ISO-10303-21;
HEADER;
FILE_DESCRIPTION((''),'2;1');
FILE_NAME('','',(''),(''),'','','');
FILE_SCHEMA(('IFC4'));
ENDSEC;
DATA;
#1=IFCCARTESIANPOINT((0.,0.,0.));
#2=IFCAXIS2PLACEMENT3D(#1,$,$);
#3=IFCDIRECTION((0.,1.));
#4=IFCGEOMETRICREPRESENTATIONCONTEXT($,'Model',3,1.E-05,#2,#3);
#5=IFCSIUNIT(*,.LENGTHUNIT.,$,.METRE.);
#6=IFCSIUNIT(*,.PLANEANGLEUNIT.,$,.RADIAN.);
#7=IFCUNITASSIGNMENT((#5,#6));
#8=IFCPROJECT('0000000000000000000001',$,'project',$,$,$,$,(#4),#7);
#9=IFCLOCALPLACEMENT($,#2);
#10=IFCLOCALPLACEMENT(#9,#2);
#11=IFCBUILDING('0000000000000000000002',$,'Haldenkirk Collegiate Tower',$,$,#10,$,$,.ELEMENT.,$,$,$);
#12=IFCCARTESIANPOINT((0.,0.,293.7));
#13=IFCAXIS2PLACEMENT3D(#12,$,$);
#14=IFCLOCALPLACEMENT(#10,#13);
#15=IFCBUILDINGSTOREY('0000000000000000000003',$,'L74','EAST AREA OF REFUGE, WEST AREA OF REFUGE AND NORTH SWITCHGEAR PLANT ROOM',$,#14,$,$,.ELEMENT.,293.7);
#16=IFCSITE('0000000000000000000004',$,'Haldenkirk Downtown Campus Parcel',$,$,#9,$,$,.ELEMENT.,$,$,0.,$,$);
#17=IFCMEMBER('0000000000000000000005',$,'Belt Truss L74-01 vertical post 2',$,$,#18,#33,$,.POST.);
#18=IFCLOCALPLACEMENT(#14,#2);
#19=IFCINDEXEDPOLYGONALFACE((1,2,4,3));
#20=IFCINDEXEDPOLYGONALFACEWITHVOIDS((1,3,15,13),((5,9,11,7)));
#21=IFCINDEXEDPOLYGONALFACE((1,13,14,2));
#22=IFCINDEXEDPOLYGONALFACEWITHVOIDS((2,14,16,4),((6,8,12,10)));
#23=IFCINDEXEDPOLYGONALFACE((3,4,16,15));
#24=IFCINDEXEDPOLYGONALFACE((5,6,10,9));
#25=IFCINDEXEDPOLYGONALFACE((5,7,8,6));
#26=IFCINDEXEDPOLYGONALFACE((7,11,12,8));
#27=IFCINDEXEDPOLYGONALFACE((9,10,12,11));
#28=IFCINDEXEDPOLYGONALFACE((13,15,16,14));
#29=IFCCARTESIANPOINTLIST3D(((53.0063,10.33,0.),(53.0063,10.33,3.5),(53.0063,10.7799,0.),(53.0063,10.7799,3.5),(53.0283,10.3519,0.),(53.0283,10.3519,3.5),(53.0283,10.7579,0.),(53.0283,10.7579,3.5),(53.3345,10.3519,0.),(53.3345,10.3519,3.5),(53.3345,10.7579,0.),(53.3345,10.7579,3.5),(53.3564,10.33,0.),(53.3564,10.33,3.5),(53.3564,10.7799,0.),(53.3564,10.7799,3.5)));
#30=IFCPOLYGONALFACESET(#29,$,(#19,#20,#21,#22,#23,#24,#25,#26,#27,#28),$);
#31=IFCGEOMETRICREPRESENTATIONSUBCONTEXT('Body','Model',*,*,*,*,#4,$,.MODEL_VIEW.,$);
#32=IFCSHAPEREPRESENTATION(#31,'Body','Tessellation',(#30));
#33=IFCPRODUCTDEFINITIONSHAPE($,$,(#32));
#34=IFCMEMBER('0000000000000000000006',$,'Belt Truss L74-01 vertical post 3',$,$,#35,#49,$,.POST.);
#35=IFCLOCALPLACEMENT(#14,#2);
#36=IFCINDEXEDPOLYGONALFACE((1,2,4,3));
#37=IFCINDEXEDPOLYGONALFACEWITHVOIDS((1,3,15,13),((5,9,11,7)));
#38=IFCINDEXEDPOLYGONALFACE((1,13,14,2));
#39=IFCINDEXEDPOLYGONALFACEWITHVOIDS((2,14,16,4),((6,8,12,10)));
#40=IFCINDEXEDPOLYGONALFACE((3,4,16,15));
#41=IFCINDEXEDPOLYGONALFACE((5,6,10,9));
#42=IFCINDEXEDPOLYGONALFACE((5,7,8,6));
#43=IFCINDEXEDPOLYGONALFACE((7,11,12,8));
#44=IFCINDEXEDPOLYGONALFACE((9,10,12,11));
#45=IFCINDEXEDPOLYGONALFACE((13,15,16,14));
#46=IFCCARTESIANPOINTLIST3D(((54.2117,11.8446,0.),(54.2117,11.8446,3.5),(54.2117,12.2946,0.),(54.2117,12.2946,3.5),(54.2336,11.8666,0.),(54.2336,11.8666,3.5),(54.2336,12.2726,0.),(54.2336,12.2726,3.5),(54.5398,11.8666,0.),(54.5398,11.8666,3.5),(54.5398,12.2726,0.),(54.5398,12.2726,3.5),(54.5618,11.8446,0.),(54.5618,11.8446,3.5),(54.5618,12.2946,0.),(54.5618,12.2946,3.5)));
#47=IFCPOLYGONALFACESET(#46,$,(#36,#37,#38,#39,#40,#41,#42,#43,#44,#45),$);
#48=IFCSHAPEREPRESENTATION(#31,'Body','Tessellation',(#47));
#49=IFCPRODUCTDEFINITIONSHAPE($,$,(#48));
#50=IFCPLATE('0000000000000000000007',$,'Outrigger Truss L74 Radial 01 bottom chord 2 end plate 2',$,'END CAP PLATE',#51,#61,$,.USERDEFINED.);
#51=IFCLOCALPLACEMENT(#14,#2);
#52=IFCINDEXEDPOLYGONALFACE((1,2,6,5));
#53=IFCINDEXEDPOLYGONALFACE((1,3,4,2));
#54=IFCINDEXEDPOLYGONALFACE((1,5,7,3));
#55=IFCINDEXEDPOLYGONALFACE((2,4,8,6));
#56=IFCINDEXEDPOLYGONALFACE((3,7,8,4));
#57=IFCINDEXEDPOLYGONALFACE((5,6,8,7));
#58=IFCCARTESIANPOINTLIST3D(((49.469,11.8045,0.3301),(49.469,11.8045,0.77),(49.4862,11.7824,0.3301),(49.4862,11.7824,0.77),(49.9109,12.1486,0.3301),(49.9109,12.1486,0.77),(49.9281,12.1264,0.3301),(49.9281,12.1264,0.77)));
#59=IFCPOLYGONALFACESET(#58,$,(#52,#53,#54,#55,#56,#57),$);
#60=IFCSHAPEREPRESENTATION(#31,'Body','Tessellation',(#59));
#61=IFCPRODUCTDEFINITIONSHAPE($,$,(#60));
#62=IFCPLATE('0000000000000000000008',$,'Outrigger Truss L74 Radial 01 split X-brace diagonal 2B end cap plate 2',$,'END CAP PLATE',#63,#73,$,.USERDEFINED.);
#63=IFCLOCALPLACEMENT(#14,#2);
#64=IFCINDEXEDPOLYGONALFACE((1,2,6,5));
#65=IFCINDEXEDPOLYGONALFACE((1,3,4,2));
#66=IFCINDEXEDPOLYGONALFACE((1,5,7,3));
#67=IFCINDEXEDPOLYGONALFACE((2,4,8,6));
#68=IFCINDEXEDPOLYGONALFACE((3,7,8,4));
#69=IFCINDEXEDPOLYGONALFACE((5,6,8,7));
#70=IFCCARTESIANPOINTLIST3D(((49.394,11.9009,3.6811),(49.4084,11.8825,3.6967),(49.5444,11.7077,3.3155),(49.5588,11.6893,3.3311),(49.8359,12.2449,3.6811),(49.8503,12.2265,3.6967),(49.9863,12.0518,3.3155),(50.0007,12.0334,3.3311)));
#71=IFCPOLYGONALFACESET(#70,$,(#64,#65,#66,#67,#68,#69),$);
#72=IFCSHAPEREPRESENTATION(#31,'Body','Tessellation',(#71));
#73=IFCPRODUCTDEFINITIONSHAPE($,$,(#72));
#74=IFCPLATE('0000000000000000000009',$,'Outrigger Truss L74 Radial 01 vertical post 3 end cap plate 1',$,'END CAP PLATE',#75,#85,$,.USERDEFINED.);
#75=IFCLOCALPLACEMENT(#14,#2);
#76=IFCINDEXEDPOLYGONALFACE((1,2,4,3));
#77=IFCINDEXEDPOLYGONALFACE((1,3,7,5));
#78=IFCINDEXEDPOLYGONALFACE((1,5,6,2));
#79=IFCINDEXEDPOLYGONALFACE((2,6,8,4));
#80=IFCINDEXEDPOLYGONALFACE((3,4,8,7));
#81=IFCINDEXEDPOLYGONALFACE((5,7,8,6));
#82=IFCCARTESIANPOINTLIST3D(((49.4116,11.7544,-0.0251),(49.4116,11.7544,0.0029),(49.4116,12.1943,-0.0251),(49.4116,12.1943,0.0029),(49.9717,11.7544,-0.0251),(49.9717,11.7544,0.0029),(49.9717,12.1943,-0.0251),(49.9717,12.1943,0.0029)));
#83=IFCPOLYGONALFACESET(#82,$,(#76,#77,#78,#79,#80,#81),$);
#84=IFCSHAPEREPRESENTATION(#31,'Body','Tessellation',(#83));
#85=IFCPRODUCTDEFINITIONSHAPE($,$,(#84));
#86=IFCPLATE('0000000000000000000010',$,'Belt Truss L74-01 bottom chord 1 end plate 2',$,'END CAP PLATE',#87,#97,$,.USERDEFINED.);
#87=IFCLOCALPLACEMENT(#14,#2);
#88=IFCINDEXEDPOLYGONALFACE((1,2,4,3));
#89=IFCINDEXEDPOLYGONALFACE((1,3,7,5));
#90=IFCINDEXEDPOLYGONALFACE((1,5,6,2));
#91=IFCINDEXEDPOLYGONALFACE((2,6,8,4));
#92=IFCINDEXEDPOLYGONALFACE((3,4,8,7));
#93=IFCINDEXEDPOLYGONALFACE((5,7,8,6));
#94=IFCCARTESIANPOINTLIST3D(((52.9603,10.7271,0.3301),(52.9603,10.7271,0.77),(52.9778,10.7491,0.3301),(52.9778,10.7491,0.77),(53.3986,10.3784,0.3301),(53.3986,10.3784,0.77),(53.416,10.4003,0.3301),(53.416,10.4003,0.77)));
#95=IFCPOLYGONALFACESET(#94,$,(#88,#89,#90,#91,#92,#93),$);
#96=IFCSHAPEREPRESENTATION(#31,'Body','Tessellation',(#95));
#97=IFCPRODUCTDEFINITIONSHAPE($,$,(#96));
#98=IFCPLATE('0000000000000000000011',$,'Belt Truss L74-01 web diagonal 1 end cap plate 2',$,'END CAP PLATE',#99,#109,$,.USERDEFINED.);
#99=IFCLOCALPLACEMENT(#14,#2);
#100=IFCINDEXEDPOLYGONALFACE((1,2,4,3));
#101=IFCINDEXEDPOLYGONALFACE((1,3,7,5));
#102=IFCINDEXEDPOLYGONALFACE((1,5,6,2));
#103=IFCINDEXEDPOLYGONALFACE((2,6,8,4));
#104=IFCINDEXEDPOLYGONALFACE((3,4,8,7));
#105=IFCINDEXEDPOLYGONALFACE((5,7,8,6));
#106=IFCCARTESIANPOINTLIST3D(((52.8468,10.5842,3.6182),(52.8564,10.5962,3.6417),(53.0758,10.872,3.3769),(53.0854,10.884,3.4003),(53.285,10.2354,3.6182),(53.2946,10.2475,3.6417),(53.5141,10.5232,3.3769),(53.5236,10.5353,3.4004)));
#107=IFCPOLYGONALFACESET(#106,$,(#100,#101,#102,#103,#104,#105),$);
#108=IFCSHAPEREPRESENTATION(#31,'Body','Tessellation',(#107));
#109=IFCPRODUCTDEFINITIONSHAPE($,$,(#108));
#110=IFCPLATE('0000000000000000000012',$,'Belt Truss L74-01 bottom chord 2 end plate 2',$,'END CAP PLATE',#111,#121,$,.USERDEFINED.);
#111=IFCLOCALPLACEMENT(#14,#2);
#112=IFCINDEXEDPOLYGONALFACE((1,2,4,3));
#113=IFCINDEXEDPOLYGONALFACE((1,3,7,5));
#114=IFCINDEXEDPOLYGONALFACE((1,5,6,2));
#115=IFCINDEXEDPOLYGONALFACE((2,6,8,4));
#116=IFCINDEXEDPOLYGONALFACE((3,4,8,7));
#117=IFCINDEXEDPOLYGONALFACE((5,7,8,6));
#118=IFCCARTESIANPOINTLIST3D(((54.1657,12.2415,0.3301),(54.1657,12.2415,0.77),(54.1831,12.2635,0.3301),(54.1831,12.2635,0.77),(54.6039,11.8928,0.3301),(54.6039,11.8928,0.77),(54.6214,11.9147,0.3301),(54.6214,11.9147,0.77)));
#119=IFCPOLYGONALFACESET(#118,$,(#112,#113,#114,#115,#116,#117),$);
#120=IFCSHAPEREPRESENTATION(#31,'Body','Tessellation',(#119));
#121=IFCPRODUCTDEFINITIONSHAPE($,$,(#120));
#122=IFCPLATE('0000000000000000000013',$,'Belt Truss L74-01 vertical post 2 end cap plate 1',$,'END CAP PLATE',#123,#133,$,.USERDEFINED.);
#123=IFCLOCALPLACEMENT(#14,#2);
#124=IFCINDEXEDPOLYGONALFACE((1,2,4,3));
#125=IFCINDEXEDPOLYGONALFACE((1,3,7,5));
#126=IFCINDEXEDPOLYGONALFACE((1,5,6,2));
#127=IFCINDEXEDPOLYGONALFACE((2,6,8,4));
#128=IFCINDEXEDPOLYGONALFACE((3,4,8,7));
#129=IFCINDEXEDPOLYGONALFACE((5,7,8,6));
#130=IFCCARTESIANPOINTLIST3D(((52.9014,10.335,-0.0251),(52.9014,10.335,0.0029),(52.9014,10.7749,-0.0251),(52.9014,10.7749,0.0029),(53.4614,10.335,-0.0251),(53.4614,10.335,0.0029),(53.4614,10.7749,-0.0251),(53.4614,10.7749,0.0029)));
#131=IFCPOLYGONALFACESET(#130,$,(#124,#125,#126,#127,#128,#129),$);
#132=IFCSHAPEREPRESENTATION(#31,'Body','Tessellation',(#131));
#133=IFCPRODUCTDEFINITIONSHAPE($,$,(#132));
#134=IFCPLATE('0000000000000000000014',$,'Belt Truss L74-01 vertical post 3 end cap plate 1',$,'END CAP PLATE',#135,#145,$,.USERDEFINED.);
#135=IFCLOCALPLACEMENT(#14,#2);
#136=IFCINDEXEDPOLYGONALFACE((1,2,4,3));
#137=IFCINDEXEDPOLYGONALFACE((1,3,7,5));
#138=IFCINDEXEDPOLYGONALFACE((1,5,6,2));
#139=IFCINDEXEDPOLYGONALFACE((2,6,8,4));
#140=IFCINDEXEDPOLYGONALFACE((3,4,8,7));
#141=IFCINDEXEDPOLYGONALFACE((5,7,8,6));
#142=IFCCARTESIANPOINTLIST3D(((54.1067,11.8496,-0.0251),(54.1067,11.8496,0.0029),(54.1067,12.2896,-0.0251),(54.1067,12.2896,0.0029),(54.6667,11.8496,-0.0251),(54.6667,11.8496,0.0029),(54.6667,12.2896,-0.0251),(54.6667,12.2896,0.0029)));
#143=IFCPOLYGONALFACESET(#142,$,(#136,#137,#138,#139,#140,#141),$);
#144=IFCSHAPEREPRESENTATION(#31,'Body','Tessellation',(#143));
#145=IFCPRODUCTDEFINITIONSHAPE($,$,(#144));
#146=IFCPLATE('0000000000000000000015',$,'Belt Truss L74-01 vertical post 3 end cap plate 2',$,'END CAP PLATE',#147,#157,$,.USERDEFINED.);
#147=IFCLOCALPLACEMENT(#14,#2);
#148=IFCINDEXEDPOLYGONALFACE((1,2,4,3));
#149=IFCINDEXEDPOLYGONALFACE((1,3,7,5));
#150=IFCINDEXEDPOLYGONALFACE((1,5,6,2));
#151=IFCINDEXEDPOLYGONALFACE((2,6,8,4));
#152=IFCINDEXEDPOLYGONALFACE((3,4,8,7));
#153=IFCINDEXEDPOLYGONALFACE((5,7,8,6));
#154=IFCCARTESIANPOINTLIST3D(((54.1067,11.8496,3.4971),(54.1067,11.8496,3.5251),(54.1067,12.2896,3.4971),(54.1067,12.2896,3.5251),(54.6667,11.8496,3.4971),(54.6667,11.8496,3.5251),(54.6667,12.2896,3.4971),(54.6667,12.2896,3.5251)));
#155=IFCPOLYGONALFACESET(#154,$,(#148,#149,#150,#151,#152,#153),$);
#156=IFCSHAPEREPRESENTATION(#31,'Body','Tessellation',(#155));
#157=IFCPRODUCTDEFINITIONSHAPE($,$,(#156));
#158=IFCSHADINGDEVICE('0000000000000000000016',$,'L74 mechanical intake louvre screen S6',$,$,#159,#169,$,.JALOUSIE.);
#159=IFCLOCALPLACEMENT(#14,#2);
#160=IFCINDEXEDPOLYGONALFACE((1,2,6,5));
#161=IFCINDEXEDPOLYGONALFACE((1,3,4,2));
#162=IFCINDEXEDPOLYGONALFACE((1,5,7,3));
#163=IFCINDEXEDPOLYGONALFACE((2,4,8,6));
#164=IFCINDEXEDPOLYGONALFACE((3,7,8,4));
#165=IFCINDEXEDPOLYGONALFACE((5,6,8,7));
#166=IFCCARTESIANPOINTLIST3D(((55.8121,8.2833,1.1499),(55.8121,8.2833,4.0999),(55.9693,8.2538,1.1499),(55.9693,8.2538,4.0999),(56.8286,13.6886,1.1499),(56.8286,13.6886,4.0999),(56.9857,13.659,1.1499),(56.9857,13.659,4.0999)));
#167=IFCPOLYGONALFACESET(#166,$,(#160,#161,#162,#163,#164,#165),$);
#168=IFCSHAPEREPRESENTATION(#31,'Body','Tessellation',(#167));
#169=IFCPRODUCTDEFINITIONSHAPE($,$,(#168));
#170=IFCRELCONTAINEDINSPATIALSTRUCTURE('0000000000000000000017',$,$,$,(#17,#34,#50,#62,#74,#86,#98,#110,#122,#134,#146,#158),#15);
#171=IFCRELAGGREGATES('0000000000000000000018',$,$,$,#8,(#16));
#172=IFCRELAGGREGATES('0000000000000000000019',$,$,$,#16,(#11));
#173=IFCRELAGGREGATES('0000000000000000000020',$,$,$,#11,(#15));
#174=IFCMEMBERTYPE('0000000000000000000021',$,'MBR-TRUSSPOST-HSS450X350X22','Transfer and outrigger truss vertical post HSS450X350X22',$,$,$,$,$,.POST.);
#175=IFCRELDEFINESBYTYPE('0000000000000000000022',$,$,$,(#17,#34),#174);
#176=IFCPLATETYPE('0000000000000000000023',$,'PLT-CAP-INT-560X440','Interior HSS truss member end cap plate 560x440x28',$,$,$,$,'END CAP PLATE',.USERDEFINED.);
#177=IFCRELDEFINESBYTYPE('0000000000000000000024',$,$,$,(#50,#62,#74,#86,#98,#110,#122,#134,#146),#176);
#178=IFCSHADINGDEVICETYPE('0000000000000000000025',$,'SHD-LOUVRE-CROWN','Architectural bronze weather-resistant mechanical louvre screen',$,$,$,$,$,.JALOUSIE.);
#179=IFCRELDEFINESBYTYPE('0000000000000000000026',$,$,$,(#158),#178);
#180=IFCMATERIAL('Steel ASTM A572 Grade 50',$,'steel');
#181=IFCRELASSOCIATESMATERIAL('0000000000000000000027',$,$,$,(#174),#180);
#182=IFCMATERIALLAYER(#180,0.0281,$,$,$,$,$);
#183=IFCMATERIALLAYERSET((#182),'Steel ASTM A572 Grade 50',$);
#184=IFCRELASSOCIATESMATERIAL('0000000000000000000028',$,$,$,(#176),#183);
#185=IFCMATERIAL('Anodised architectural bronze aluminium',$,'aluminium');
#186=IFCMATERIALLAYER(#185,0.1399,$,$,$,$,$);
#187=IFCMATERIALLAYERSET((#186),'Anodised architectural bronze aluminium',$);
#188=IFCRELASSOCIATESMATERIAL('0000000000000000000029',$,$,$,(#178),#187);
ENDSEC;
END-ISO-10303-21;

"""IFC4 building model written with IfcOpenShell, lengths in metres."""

from ifc_helpers import new_model, si_unit, direction, frame, origin, origin_2d, place, context, subcontext, project, spatial, rectangle, hollow_rectangle, extrude, source, transform, mapped, material, layer, layer_set, material_profile, profile_set, type_object, element, save


model = new_model("IFC4")

# Units and contexts
model_context = context("Model", 3, precision=1e-05, world=origin(), true_north=direction((0.0, 1.0)))
body_context = subcontext(model_context, "Body", "Model", "MODEL_VIEW")
ifc_project = project(units=[si_unit("LENGTHUNIT", "METRE"), si_unit("PLANEANGLEUNIT", "RADIAN")], contexts=[model_context])

# Site, building, storey
site_placement = place(None, origin())
site = spatial("IfcSite", under=ifc_project, at=site_placement, Name="Haldenkirk Downtown Campus Parcel", CompositionType="ELEMENT", RefElevation=0.0)
building_placement = place(site_placement, origin())
building = spatial("IfcBuilding", under=site, at=building_placement, Name="Haldenkirk Collegiate Tower", CompositionType="ELEMENT")
storey_placement = place(building_placement, frame((0.0, 0.0, 293.7)))
storey = spatial("IfcBuildingStorey", under=building, at=storey_placement, Name="L74", Description="EAST AREA OF REFUGE, WEST AREA OF REFUGE AND NORTH SWITCHGEAR PLANT ROOM", CompositionType="ELEMENT", Elevation=293.7)

# Members
ifc_material_1 = material(Name="Steel ASTM A572 Grade 50", Category="steel")
ifc_material_profile_1 = material_profile(ifc_material_1, hollow_rectangle(XDim=0.3501, YDim=0.45, WallThickness=0.022, at=origin_2d()), Name="HSS450X350X22")
ifc_profile_set_1 = profile_set([ifc_material_profile_1], Name="Steel ASTM A572 Grade 50")
member_type_1 = type_object("IfcMemberType", Name="MBR-TRUSSPOST-HSS450X350X22", Description="Transfer and outrigger truss vertical post HSS450X350X22", PredefinedType="POST", material=ifc_profile_set_1)
for number, where, z_axis, x_axis, name in (
    (1, (53.1814, 10.5549, 0.0), (0.0, 0.0, 1.0), (1.0, 0.0, 0.0), "Belt Truss L74-01 vertical post 2"),
    (2, (54.3867, 12.0696, 0.0), (0.0, 0.0, 1.0), (1.0, 0.0, 0.0), "Belt Truss L74-01 vertical post 3"),
):
    element("IfcMember", number, at=place(storey_placement, frame(where, z_axis=z_axis, x_axis=x_axis)), inside=storey, type_object=member_type_1, Name=name, PredefinedType="POST", context=body_context, shape_type="SweptSolid", body=[
        extrude(hollow_rectangle(XDim=0.3501, YDim=0.45, WallThickness=0.022, at=origin_2d()), origin(), (0.0, 0.0, 1.0), 3.5),
    ])

# Plates
ifc_layer_1 = layer(ifc_material_1, 0.0281)
ifc_layer_set_1 = layer_set([ifc_layer_1], Name="Steel ASTM A572 Grade 50")
plate_type = type_object("IfcPlateType", Name="PLT-CAP-INT-560X440", Description="Interior HSS truss member end cap plate 560x440x28", ElementType="END CAP PLATE", PredefinedType="USERDEFINED", material=ifc_layer_set_1)
shared_shape_1 = source(origin(), body_context, "Body", "SweptSolid", [
    extrude(rectangle(XDim=0.5601, YDim=0.4399, at=origin_2d()), origin(), (0.0, 0.0, 1.0), 0.0281),
])
for number, where, z_axis, x_axis, name in (
    (3, (49.6899, 11.9766, 0.55), (0.614341, -0.78904, 0.0), (0.78904, 0.614341, 0.0), "Outrigger Truss L74 Radial 01 bottom chord 2 end plate 2"),
    (4, (49.6902, 11.9763, 3.4983), (0.510452, -0.65559, 0.556453), (0.789032, 0.614352, 0.0), "Outrigger Truss L74 Radial 01 split X-brace diagonal 2B end cap plate 2"),
    (5, (49.6917, 11.9744, 0.0029), (0.0, 0.0, -1.0), (1.0, 0.0, 0.0), "Outrigger Truss L74 Radial 01 vertical post 3 end cap plate 1"),
    (6, (53.1794, 10.5527, 0.55), (0.622688, 0.782471, 0.0), (-0.782471, 0.622688, 0.0), "Belt Truss L74-01 bottom chord 1 end plate 2"),
    (7, (53.1804, 10.5537, 3.4976), (0.341625, 0.429285, 0.836066), (-0.782469, 0.62269, 0.0), "Belt Truss L74-01 web diagonal 1 end cap plate 2"),
    (8, (54.3848, 12.0671, 0.55), (0.622688, 0.782471, 0.0), (-0.782471, 0.622688, 0.0), "Belt Truss L74-01 bottom chord 2 end plate 2"),
    (9, (53.1814, 10.5549, 0.0029), (0.0, 0.0, -1.0), (1.0, 0.0, 0.0), "Belt Truss L74-01 vertical post 2 end cap plate 1"),
    (10, (54.3867, 12.0696, 0.0029), (0.0, 0.0, -1.0), (1.0, 0.0, 0.0), "Belt Truss L74-01 vertical post 3 end cap plate 1"),
    (11, (54.3867, 12.0696, 3.4971), (0.0, 0.0, 1.0), (1.0, 0.0, 0.0), "Belt Truss L74-01 vertical post 3 end cap plate 2"),
):
    element("IfcPlate", number, at=place(storey_placement, frame(where, z_axis=z_axis, x_axis=x_axis)), inside=storey, type_object=plate_type, Name=name, ObjectType="END CAP PLATE", PredefinedType="USERDEFINED", context=body_context, shape_type="MappedRepresentation", body=[
        mapped(shared_shape_1, transform((0.0, 0.0, 0.0), x_axis=(1.0, 0.0, 0.0), y_axis=(0.0, 1.0, 0.0), z_axis=(0.0, 0.0, 1.0), scale=1.0)),
    ])

# Shading device
ifc_material_2 = material(Name="Anodised architectural bronze aluminium", Category="aluminium")
ifc_layer_2 = layer(ifc_material_2, 0.1399)
ifc_layer_set_2 = layer_set([ifc_layer_2], Name="Anodised architectural bronze aluminium")
shading_device_type = type_object("IfcShadingDeviceType", Name="SHD-LOUVRE-CROWN", Description="Architectural bronze weather-resistant mechanical louvre screen", PredefinedType="JALOUSIE", material=ifc_layer_set_2)
shared_shape_2 = source(origin(), body_context, "Body", "SweptSolid", [
    extrude(rectangle(XDim=5.5, YDim=0.1599, at=origin_2d()), origin(), (0.0, 0.0, 1.0), 2.95),
])
shading_device_placement = place(storey_placement, frame((56.3989, 10.9712, 1.1499), z_axis=(0.0, 0.0, 1.0), x_axis=(-0.184809, -0.982774, 0.0)))
element("IfcShadingDevice", 12, at=shading_device_placement, inside=storey, type_object=shading_device_type, Name="L74 mechanical intake louvre screen S6", PredefinedType="JALOUSIE", context=body_context, shape_type="MappedRepresentation", body=[
    mapped(shared_shape_2, transform((0.0, 0.0, 0.0), x_axis=(1.0, 0.0, 0.0), y_axis=(0.0, 1.0, 0.0), z_axis=(0.0, 0.0, 1.0), scale=1.0)),
])

save(model, "model.ifc")
